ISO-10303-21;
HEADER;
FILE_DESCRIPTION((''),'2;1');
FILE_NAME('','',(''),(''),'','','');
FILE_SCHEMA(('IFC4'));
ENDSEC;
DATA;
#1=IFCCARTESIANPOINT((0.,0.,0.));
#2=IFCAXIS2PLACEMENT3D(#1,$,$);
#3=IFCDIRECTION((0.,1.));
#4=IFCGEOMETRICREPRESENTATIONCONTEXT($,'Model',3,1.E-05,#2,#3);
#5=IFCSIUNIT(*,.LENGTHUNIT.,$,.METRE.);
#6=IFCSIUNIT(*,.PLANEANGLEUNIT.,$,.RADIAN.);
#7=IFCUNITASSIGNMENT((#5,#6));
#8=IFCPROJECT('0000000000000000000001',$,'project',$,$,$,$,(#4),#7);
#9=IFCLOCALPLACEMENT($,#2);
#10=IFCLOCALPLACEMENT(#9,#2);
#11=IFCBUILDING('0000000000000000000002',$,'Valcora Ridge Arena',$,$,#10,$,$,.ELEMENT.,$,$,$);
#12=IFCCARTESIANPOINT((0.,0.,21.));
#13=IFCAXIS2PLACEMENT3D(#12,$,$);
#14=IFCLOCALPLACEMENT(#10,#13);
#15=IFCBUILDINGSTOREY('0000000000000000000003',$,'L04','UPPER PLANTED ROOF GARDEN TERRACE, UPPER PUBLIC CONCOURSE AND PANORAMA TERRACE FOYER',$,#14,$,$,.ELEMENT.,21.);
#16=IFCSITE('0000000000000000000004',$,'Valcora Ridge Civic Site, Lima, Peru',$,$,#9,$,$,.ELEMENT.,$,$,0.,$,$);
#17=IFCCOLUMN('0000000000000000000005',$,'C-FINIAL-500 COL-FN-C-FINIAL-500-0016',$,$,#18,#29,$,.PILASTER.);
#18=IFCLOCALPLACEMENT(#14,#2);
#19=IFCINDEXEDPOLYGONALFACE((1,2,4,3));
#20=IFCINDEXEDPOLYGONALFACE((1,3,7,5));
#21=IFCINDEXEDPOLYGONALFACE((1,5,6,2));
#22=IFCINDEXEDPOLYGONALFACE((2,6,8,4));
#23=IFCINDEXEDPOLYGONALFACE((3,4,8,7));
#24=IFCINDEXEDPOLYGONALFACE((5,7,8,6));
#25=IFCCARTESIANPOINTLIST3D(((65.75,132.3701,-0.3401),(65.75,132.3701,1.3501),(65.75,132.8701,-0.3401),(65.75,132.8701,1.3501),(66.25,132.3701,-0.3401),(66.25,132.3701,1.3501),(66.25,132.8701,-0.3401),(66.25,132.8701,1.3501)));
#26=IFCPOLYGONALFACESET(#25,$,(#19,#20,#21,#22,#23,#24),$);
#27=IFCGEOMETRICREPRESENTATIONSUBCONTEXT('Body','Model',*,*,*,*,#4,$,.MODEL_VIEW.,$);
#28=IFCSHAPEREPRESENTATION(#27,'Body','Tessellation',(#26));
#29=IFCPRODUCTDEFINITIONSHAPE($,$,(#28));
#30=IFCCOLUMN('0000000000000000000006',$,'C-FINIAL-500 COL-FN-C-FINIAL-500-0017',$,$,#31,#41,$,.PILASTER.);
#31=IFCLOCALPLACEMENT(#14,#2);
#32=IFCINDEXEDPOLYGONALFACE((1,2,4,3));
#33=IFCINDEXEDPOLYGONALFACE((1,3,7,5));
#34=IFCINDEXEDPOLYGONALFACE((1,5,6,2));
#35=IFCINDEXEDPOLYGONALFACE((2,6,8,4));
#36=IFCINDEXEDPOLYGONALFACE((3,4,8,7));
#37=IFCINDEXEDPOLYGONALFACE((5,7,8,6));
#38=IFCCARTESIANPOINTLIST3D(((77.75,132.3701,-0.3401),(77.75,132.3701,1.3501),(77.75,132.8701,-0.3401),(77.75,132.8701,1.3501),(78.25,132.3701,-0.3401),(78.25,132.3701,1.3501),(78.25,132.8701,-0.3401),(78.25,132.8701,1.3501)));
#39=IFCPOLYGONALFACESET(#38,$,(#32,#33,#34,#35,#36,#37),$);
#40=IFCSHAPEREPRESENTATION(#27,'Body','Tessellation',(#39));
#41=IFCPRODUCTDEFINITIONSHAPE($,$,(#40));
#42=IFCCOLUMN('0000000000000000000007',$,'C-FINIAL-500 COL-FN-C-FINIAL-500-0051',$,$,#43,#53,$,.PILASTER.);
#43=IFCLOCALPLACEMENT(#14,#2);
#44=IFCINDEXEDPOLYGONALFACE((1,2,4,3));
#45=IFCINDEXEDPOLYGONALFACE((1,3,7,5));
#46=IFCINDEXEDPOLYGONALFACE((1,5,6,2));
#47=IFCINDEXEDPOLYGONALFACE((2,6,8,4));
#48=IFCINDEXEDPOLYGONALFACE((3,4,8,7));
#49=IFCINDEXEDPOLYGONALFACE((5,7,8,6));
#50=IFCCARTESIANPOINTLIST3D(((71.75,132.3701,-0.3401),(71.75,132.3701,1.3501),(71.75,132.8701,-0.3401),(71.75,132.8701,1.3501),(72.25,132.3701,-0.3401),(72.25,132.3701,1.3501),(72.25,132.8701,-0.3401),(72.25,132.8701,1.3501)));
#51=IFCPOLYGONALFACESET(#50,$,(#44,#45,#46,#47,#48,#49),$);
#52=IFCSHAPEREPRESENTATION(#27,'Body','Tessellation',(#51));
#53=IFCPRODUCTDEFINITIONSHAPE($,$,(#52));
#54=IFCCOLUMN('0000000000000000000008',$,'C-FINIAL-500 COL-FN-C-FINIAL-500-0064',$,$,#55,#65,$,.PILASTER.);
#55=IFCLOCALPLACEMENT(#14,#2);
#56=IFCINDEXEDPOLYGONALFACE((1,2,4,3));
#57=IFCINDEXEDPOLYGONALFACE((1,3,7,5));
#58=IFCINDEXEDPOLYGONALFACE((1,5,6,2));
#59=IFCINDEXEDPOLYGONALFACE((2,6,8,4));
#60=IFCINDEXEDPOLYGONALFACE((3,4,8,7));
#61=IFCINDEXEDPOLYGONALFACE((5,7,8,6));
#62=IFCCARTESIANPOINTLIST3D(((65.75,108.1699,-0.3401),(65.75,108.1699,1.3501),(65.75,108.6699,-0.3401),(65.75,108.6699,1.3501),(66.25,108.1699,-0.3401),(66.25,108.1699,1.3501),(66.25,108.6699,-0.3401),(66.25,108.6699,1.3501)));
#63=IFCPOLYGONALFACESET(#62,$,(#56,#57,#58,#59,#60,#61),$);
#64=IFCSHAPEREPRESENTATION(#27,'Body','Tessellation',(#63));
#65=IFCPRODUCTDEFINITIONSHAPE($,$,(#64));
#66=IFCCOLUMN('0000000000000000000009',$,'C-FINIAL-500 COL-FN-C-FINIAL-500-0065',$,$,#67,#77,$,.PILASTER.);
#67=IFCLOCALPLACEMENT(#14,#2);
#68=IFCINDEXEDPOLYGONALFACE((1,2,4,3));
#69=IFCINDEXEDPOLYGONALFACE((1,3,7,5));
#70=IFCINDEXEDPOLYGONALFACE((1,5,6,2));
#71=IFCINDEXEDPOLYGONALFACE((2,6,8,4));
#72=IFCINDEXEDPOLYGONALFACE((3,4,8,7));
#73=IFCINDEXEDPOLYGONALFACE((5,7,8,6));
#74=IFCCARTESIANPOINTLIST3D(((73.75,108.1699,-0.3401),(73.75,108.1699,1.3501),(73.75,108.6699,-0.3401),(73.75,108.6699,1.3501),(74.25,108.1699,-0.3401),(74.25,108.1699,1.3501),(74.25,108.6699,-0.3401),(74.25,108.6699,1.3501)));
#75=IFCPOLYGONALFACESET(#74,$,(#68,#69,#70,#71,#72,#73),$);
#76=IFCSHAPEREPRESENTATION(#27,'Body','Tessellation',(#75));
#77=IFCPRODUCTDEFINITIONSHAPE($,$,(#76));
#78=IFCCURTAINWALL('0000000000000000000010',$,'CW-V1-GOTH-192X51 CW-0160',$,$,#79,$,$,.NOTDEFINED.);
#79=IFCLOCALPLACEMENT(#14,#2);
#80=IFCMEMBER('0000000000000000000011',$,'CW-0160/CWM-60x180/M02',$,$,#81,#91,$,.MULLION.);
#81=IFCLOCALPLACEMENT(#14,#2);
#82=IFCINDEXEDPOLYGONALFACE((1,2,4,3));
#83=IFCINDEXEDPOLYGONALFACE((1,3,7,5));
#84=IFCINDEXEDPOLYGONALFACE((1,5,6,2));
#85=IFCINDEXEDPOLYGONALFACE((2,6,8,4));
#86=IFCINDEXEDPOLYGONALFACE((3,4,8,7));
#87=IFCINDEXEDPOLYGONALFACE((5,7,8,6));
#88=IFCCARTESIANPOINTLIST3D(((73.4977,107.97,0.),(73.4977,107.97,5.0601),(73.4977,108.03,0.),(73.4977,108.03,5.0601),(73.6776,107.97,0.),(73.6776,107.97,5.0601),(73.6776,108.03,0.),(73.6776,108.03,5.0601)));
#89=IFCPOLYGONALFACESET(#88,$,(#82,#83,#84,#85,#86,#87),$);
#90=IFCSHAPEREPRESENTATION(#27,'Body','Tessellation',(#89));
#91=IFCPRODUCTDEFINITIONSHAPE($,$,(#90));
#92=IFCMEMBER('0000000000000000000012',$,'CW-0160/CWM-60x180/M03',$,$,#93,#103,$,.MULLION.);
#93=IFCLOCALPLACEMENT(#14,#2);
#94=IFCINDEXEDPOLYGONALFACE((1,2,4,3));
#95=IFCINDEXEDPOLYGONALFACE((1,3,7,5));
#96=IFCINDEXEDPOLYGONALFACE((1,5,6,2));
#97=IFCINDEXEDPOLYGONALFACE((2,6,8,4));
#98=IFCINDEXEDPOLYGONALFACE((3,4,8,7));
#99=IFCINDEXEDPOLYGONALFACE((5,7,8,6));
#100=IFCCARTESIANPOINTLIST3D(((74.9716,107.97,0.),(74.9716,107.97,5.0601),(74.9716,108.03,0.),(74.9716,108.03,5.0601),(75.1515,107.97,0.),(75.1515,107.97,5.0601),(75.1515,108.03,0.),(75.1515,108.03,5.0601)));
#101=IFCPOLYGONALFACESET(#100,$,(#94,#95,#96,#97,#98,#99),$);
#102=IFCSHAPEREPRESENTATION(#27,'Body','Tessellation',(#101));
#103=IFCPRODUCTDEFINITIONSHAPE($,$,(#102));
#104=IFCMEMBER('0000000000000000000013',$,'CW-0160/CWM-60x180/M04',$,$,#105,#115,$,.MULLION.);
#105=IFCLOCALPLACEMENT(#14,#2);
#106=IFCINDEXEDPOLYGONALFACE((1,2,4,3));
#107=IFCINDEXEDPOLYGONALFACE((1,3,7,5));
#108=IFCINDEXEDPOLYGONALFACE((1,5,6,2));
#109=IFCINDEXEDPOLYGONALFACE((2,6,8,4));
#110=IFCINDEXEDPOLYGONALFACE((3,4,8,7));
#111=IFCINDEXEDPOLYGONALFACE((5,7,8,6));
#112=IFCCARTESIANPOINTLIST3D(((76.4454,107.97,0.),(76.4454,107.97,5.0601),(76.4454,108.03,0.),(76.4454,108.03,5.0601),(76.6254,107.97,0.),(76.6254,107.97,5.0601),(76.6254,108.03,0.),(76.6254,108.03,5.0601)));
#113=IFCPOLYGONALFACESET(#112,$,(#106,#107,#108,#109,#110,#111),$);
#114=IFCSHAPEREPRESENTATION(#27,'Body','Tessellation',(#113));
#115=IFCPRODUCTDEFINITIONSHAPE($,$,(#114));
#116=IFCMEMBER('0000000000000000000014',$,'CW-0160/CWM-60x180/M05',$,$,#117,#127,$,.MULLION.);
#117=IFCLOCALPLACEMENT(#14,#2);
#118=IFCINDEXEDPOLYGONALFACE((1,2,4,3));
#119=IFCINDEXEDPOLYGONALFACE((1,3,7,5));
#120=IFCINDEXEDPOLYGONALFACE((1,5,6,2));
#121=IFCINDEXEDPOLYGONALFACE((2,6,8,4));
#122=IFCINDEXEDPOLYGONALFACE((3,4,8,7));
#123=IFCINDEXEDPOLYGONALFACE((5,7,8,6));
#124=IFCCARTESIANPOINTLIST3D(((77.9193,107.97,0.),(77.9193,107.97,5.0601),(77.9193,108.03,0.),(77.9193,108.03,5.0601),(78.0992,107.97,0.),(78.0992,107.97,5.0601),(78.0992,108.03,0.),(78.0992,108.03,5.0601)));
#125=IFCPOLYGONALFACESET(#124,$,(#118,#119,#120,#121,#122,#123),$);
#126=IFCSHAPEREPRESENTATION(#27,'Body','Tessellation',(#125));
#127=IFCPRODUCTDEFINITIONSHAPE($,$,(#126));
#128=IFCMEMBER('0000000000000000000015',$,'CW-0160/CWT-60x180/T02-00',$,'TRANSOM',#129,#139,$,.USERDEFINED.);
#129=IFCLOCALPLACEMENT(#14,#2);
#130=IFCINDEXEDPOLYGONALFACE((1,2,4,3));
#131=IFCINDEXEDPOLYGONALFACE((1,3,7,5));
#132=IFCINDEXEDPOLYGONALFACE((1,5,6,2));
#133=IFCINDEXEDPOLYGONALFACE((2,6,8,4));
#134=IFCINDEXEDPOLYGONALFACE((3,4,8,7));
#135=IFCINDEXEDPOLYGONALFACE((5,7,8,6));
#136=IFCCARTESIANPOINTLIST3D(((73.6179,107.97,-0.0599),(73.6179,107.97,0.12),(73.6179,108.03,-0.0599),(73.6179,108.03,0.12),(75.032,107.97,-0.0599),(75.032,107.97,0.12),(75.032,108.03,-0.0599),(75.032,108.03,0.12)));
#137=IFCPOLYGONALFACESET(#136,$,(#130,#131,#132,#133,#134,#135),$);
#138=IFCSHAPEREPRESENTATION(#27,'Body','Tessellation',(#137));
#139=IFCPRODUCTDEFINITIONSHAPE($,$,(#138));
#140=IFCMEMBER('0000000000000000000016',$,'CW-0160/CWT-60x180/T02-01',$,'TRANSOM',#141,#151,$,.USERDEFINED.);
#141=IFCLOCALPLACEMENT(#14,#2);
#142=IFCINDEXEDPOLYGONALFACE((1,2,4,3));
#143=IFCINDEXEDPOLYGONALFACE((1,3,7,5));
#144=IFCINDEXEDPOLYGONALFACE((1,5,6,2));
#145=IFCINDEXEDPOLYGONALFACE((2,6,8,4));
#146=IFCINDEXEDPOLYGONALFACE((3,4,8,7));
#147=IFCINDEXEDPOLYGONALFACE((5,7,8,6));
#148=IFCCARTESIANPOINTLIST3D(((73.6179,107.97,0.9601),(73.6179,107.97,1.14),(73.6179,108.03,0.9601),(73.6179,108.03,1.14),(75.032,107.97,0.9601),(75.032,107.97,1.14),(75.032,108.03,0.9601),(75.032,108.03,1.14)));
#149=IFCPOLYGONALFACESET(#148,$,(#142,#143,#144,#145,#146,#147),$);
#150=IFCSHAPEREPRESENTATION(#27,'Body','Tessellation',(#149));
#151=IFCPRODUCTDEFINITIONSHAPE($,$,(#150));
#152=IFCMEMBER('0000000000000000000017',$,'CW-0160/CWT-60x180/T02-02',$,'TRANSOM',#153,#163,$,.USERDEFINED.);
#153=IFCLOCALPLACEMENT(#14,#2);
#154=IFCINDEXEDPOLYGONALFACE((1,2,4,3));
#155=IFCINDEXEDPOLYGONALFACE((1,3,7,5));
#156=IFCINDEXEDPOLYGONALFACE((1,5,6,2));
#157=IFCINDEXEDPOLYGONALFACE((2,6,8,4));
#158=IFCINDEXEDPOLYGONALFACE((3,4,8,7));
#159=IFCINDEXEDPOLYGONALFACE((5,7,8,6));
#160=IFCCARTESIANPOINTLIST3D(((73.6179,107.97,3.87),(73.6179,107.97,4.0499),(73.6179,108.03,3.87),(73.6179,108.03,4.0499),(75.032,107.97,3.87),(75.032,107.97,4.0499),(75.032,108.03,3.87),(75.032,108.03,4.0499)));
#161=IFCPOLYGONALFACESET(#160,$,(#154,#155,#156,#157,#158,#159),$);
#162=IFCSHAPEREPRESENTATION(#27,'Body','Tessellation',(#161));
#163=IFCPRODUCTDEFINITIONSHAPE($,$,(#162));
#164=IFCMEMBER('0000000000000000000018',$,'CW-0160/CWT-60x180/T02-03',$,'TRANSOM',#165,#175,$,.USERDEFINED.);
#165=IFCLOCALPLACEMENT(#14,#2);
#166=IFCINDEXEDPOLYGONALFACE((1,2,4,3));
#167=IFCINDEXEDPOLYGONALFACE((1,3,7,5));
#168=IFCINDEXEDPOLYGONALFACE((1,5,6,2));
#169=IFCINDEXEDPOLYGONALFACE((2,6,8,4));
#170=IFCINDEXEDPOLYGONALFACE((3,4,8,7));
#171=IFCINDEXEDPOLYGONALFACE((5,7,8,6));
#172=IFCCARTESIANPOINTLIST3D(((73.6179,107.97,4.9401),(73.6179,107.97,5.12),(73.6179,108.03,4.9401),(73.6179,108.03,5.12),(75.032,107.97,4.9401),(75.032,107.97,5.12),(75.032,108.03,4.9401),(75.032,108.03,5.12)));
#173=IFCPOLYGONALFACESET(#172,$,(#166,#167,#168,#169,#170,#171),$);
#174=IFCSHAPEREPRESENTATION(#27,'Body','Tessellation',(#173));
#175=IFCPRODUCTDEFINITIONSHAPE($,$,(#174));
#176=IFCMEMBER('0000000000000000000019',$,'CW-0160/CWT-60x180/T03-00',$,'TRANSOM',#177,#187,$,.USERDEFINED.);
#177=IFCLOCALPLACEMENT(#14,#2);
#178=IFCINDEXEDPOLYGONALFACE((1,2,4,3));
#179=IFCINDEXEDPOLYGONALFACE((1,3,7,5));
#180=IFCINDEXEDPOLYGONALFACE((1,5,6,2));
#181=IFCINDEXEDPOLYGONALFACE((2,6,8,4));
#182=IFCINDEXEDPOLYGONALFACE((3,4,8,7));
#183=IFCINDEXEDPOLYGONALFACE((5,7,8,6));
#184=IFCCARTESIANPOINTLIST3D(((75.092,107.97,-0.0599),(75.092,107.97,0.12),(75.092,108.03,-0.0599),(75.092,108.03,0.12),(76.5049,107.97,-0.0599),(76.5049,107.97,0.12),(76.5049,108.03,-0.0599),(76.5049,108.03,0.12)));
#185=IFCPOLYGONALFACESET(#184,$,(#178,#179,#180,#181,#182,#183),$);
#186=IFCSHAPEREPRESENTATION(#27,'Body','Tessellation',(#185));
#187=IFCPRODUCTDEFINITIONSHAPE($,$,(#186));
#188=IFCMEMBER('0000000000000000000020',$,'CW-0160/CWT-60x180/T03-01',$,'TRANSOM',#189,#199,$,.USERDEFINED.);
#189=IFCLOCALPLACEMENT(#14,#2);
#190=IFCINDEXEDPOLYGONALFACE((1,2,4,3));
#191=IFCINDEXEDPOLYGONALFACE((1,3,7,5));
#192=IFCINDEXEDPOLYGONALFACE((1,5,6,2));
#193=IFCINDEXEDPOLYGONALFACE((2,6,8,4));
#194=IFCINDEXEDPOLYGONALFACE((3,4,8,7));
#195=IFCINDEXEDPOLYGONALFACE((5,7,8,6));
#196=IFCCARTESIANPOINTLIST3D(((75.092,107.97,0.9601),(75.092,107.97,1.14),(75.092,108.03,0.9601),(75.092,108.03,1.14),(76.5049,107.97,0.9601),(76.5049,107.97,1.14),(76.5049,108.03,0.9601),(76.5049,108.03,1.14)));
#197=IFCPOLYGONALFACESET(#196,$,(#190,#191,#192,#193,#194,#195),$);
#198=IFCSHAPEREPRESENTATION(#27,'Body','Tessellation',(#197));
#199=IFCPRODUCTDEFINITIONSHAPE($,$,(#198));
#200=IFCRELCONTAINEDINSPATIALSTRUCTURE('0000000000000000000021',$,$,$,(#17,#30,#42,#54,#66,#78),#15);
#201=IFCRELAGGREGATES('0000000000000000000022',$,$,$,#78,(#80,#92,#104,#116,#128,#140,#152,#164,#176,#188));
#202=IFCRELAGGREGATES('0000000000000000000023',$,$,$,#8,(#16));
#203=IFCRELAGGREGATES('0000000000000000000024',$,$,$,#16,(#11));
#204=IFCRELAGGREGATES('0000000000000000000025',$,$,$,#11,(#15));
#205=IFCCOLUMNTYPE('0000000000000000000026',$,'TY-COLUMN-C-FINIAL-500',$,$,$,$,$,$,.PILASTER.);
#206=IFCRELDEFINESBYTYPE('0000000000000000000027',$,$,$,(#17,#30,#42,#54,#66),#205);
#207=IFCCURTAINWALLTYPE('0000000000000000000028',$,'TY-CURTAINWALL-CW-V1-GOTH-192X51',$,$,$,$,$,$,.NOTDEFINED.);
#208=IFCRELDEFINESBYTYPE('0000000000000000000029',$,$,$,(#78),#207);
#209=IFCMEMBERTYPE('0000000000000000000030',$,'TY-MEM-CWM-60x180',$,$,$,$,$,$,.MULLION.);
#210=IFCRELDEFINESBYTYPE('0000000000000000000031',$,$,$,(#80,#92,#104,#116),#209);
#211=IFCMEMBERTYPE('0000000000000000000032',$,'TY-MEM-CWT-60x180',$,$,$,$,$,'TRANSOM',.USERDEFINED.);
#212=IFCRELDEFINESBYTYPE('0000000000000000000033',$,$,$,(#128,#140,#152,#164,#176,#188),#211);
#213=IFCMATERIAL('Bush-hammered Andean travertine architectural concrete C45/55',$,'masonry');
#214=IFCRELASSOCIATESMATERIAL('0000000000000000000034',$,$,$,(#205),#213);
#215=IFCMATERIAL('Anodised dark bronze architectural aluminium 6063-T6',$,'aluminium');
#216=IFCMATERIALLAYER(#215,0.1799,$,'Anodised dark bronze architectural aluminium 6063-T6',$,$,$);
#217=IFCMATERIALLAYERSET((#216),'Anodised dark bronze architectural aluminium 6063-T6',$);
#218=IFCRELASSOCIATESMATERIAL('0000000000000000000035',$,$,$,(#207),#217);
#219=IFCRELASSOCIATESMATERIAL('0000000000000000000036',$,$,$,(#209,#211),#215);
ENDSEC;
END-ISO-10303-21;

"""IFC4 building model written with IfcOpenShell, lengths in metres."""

from ifc_helpers import new_model, si_unit, direction, frame, origin, origin_2d, place, context, subcontext, project, spatial, rectangle, extrude, material, layer, layer_set, material_profile, profile_set, type_object, element, aggregate, save


model = new_model("IFC4")

# Units and contexts
model_context = context("Model", 3, precision=1e-05, world=origin(), true_north=direction((0.0, 1.0)))
body_context = subcontext(model_context, "Body", "Model", "MODEL_VIEW")
ifc_project = project(units=[si_unit("LENGTHUNIT", "METRE"), si_unit("PLANEANGLEUNIT", "RADIAN")], contexts=[model_context])

# Site, building, storey
site_placement = place(None, origin())
site = spatial("IfcSite", under=ifc_project, at=site_placement, Name="Valcora Ridge Civic Site, Lima, Peru", CompositionType="ELEMENT", RefElevation=0.0)
building_placement = place(site_placement, origin())
building = spatial("IfcBuilding", under=site, at=building_placement, Name="Valcora Ridge Arena", CompositionType="ELEMENT")
storey_placement = place(building_placement, frame((0.0, 0.0, 21.0)))
storey = spatial("IfcBuildingStorey", under=building, at=storey_placement, Name="L04", Description="UPPER PLANTED ROOF GARDEN TERRACE, UPPER PUBLIC CONCOURSE AND PANORAMA TERRACE FOYER", CompositionType="ELEMENT", Elevation=21.0)

# Columns
ifc_material_1 = material(Name="Bush-hammered Andean travertine architectural concrete C45/55", Category="masonry")
ifc_material_profile_1 = material_profile(ifc_material_1, rectangle(XDim=0.5, YDim=0.5, at=origin_2d()), Name="RC 500x500")
ifc_profile_set_1 = profile_set([ifc_material_profile_1], Name="Bush-hammered Andean travertine architectural concrete C45/55")
column_type = type_object("IfcColumnType", Name="TY-COLUMN-C-FINIAL-500", PredefinedType="PILASTER", material=ifc_profile_set_1)
for number, where, z_axis, x_axis, name in (
    (1, (66.0, 132.6201, -0.3401), (0.0, 0.0, 1.0), (1.0, 0.0, 0.0), "C-FINIAL-500 COL-FN-C-FINIAL-500-0016"),
    (2, (78.0, 132.6201, -0.3401), (0.0, 0.0, 1.0), (1.0, 0.0, 0.0), "C-FINIAL-500 COL-FN-C-FINIAL-500-0017"),
    (3, (72.0, 132.6201, -0.3401), (0.0, 0.0, 1.0), (1.0, 0.0, 0.0), "C-FINIAL-500 COL-FN-C-FINIAL-500-0051"),
    (4, (66.0, 108.4199, -0.3401), (0.0, 0.0, 1.0), (1.0, 0.0, 0.0), "C-FINIAL-500 COL-FN-C-FINIAL-500-0064"),
    (5, (74.0, 108.4199, -0.3401), (0.0, 0.0, 1.0), (1.0, 0.0, 0.0), "C-FINIAL-500 COL-FN-C-FINIAL-500-0065"),
):
    element("IfcColumn", number, at=place(storey_placement, frame(where, z_axis=z_axis, x_axis=x_axis)), inside=storey, type_object=column_type, Name=name, PredefinedType="PILASTER", context=body_context, shape_type="SweptSolid", body=[
        extrude(rectangle(XDim=0.5, YDim=0.5, at=origin_2d()), origin(), (0.0, 0.0, 1.0), 1.6902),
    ])

# Curtain wall, members
ifc_material_2 = material(Name="Anodised dark bronze architectural aluminium 6063-T6", Category="aluminium")
ifc_layer_1 = layer(ifc_material_2, 0.1799, Name="Anodised dark bronze architectural aluminium 6063-T6")
ifc_layer_set_1 = layer_set([ifc_layer_1], Name="Anodised dark bronze architectural aluminium 6063-T6")
curtain_wall_type = type_object("IfcCurtainWallType", Name="TY-CURTAINWALL-CW-V1-GOTH-192X51", PredefinedType="NOTDEFINED", material=ifc_layer_set_1)
curtain_wall_placement = place(storey_placement, origin())
curtain_wall = element("IfcCurtainWall", 6, at=curtain_wall_placement, inside=storey, type_object=curtain_wall_type, Name="CW-V1-GOTH-192X51 CW-0160", PredefinedType="NOTDEFINED")
ifc_material_profile_2 = material_profile(ifc_material_2, rectangle(XDim=0.0601, YDim=0.1799, at=origin_2d()), Name="ALU MULLION 60x180")
ifc_profile_set_2 = profile_set([ifc_material_profile_2], Name="Anodised dark bronze architectural aluminium 6063-T6")
member_type_1 = type_object("IfcMemberType", Name="TY-MEM-CWM-60x180", PredefinedType="MULLION", material=ifc_profile_set_2)
member_1_placement = place(storey_placement, frame((73.5876, 108.0, 0.0), z_axis=(0.0, 0.0, 1.0), x_axis=(0.0, 1.0, 0.0)))
member_1 = element("IfcMember", 7, at=member_1_placement, type_object=member_type_1, Name="CW-0160/CWM-60x180/M02", PredefinedType="MULLION", context=body_context, shape_type="SweptSolid", body=[
    extrude(rectangle(XDim=0.0601, YDim=0.1799, at=origin_2d()), origin(), (0.0, 0.0, 1.0), 5.0601),
])
member_2_placement = place(storey_placement, frame((75.0615, 108.0, 0.0), z_axis=(0.0, 0.0, 1.0), x_axis=(0.0, 1.0, 0.0)))
member_2 = element("IfcMember", 8, at=member_2_placement, type_object=member_type_1, Name="CW-0160/CWM-60x180/M03", PredefinedType="MULLION", context=body_context, shape_type="SweptSolid", body=[
    extrude(rectangle(XDim=0.0601, YDim=0.1799, at=origin_2d()), origin(), (0.0, 0.0, 1.0), 5.0601),
])
member_3_placement = place(storey_placement, frame((76.5354, 108.0, 0.0), z_axis=(0.0, 0.0, 1.0), x_axis=(0.0, 1.0, 0.0)))
member_3 = element("IfcMember", 9, at=member_3_placement, type_object=member_type_1, Name="CW-0160/CWM-60x180/M04", PredefinedType="MULLION", context=body_context, shape_type="SweptSolid", body=[
    extrude(rectangle(XDim=0.0601, YDim=0.1799, at=origin_2d()), origin(), (0.0, 0.0, 1.0), 5.0601),
])
member_4_placement = place(storey_placement, frame((78.0093, 108.0, 0.0), z_axis=(0.0, 0.0, 1.0), x_axis=(0.0, 1.0, 0.0)))
member_4 = element("IfcMember", 10, at=member_4_placement, type_object=member_type_1, Name="CW-0160/CWM-60x180/M05", PredefinedType="MULLION", context=body_context, shape_type="SweptSolid", body=[
    extrude(rectangle(XDim=0.0601, YDim=0.1799, at=origin_2d()), origin(), (0.0, 0.0, 1.0), 5.0601),
])
ifc_material_profile_3 = material_profile(ifc_material_2, rectangle(XDim=0.0601, YDim=0.1799, at=origin_2d()), Name="ALU TRANSOM 60x180")
ifc_profile_set_3 = profile_set([ifc_material_profile_3], Name="Anodised dark bronze architectural aluminium 6063-T6")
member_type_2 = type_object("IfcMemberType", Name="TY-MEM-CWT-60x180", ElementType="TRANSOM", PredefinedType="USERDEFINED", material=ifc_profile_set_3)
member_5_placement = place(storey_placement, frame((73.6179, 108.0, 0.03), z_axis=(1.0, 0.0, 0.0), x_axis=(0.0, 1.0, 0.0)))
member_5 = element("IfcMember", 11, at=member_5_placement, type_object=member_type_2, Name="CW-0160/CWT-60x180/T02-00", ObjectType="TRANSOM", PredefinedType="USERDEFINED", context=body_context, shape_type="SweptSolid", body=[
    extrude(rectangle(XDim=0.0601, YDim=0.1799, at=origin_2d()), origin(), (0.0, 0.0, 1.0), 1.4141),
])
member_6_placement = place(storey_placement, frame((73.6179, 108.0, 1.05), z_axis=(1.0, 0.0, 0.0), x_axis=(0.0, 1.0, 0.0)))
member_6 = element("IfcMember", 12, at=member_6_placement, type_object=member_type_2, Name="CW-0160/CWT-60x180/T02-01", ObjectType="TRANSOM", PredefinedType="USERDEFINED", context=body_context, shape_type="SweptSolid", body=[
    extrude(rectangle(XDim=0.0601, YDim=0.1799, at=origin_2d()), origin(), (0.0, 0.0, 1.0), 1.4141),
])
member_7_placement = place(storey_placement, frame((73.6179, 108.0, 3.96), z_axis=(1.0, 0.0, 0.0), x_axis=(0.0, 1.0, 0.0)))
member_7 = element("IfcMember", 13, at=member_7_placement, type_object=member_type_2, Name="CW-0160/CWT-60x180/T02-02", ObjectType="TRANSOM", PredefinedType="USERDEFINED", context=body_context, shape_type="SweptSolid", body=[
    extrude(rectangle(XDim=0.0601, YDim=0.1799, at=origin_2d()), origin(), (0.0, 0.0, 1.0), 1.4141),
])
member_8_placement = place(storey_placement, frame((73.6179, 108.0, 5.03), z_axis=(1.0, 0.0, 0.0), x_axis=(0.0, 1.0, 0.0)))
member_8 = element("IfcMember", 14, at=member_8_placement, type_object=member_type_2, Name="CW-0160/CWT-60x180/T02-03", ObjectType="TRANSOM", PredefinedType="USERDEFINED", context=body_context, shape_type="SweptSolid", body=[
    extrude(rectangle(XDim=0.0601, YDim=0.1799, at=origin_2d()), origin(), (0.0, 0.0, 1.0), 1.4141),
])
member_9_placement = place(storey_placement, frame((75.092, 108.0, 0.03), z_axis=(1.0, 0.0, 0.0), x_axis=(0.0, 1.0, 0.0)))
member_9 = element("IfcMember", 15, at=member_9_placement, type_object=member_type_2, Name="CW-0160/CWT-60x180/T03-00", ObjectType="TRANSOM", PredefinedType="USERDEFINED", context=body_context, shape_type="SweptSolid", body=[
    extrude(rectangle(XDim=0.0601, YDim=0.1799, at=origin_2d()), origin(), (0.0, 0.0, 1.0), 1.4128),
])
member_10_placement = place(storey_placement, frame((75.092, 108.0, 1.05), z_axis=(1.0, 0.0, 0.0), x_axis=(0.0, 1.0, 0.0)))
member_10 = element("IfcMember", 16, at=member_10_placement, type_object=member_type_2, Name="CW-0160/CWT-60x180/T03-01", ObjectType="TRANSOM", PredefinedType="USERDEFINED", context=body_context, shape_type="SweptSolid", body=[
    extrude(rectangle(XDim=0.0601, YDim=0.1799, at=origin_2d()), origin(), (0.0, 0.0, 1.0), 1.4128),
])
aggregate(curtain_wall, [member_1, member_2, member_3, member_4, member_5, member_6, member_7, member_8, member_9, member_10])

save(model, "model.ifc")
